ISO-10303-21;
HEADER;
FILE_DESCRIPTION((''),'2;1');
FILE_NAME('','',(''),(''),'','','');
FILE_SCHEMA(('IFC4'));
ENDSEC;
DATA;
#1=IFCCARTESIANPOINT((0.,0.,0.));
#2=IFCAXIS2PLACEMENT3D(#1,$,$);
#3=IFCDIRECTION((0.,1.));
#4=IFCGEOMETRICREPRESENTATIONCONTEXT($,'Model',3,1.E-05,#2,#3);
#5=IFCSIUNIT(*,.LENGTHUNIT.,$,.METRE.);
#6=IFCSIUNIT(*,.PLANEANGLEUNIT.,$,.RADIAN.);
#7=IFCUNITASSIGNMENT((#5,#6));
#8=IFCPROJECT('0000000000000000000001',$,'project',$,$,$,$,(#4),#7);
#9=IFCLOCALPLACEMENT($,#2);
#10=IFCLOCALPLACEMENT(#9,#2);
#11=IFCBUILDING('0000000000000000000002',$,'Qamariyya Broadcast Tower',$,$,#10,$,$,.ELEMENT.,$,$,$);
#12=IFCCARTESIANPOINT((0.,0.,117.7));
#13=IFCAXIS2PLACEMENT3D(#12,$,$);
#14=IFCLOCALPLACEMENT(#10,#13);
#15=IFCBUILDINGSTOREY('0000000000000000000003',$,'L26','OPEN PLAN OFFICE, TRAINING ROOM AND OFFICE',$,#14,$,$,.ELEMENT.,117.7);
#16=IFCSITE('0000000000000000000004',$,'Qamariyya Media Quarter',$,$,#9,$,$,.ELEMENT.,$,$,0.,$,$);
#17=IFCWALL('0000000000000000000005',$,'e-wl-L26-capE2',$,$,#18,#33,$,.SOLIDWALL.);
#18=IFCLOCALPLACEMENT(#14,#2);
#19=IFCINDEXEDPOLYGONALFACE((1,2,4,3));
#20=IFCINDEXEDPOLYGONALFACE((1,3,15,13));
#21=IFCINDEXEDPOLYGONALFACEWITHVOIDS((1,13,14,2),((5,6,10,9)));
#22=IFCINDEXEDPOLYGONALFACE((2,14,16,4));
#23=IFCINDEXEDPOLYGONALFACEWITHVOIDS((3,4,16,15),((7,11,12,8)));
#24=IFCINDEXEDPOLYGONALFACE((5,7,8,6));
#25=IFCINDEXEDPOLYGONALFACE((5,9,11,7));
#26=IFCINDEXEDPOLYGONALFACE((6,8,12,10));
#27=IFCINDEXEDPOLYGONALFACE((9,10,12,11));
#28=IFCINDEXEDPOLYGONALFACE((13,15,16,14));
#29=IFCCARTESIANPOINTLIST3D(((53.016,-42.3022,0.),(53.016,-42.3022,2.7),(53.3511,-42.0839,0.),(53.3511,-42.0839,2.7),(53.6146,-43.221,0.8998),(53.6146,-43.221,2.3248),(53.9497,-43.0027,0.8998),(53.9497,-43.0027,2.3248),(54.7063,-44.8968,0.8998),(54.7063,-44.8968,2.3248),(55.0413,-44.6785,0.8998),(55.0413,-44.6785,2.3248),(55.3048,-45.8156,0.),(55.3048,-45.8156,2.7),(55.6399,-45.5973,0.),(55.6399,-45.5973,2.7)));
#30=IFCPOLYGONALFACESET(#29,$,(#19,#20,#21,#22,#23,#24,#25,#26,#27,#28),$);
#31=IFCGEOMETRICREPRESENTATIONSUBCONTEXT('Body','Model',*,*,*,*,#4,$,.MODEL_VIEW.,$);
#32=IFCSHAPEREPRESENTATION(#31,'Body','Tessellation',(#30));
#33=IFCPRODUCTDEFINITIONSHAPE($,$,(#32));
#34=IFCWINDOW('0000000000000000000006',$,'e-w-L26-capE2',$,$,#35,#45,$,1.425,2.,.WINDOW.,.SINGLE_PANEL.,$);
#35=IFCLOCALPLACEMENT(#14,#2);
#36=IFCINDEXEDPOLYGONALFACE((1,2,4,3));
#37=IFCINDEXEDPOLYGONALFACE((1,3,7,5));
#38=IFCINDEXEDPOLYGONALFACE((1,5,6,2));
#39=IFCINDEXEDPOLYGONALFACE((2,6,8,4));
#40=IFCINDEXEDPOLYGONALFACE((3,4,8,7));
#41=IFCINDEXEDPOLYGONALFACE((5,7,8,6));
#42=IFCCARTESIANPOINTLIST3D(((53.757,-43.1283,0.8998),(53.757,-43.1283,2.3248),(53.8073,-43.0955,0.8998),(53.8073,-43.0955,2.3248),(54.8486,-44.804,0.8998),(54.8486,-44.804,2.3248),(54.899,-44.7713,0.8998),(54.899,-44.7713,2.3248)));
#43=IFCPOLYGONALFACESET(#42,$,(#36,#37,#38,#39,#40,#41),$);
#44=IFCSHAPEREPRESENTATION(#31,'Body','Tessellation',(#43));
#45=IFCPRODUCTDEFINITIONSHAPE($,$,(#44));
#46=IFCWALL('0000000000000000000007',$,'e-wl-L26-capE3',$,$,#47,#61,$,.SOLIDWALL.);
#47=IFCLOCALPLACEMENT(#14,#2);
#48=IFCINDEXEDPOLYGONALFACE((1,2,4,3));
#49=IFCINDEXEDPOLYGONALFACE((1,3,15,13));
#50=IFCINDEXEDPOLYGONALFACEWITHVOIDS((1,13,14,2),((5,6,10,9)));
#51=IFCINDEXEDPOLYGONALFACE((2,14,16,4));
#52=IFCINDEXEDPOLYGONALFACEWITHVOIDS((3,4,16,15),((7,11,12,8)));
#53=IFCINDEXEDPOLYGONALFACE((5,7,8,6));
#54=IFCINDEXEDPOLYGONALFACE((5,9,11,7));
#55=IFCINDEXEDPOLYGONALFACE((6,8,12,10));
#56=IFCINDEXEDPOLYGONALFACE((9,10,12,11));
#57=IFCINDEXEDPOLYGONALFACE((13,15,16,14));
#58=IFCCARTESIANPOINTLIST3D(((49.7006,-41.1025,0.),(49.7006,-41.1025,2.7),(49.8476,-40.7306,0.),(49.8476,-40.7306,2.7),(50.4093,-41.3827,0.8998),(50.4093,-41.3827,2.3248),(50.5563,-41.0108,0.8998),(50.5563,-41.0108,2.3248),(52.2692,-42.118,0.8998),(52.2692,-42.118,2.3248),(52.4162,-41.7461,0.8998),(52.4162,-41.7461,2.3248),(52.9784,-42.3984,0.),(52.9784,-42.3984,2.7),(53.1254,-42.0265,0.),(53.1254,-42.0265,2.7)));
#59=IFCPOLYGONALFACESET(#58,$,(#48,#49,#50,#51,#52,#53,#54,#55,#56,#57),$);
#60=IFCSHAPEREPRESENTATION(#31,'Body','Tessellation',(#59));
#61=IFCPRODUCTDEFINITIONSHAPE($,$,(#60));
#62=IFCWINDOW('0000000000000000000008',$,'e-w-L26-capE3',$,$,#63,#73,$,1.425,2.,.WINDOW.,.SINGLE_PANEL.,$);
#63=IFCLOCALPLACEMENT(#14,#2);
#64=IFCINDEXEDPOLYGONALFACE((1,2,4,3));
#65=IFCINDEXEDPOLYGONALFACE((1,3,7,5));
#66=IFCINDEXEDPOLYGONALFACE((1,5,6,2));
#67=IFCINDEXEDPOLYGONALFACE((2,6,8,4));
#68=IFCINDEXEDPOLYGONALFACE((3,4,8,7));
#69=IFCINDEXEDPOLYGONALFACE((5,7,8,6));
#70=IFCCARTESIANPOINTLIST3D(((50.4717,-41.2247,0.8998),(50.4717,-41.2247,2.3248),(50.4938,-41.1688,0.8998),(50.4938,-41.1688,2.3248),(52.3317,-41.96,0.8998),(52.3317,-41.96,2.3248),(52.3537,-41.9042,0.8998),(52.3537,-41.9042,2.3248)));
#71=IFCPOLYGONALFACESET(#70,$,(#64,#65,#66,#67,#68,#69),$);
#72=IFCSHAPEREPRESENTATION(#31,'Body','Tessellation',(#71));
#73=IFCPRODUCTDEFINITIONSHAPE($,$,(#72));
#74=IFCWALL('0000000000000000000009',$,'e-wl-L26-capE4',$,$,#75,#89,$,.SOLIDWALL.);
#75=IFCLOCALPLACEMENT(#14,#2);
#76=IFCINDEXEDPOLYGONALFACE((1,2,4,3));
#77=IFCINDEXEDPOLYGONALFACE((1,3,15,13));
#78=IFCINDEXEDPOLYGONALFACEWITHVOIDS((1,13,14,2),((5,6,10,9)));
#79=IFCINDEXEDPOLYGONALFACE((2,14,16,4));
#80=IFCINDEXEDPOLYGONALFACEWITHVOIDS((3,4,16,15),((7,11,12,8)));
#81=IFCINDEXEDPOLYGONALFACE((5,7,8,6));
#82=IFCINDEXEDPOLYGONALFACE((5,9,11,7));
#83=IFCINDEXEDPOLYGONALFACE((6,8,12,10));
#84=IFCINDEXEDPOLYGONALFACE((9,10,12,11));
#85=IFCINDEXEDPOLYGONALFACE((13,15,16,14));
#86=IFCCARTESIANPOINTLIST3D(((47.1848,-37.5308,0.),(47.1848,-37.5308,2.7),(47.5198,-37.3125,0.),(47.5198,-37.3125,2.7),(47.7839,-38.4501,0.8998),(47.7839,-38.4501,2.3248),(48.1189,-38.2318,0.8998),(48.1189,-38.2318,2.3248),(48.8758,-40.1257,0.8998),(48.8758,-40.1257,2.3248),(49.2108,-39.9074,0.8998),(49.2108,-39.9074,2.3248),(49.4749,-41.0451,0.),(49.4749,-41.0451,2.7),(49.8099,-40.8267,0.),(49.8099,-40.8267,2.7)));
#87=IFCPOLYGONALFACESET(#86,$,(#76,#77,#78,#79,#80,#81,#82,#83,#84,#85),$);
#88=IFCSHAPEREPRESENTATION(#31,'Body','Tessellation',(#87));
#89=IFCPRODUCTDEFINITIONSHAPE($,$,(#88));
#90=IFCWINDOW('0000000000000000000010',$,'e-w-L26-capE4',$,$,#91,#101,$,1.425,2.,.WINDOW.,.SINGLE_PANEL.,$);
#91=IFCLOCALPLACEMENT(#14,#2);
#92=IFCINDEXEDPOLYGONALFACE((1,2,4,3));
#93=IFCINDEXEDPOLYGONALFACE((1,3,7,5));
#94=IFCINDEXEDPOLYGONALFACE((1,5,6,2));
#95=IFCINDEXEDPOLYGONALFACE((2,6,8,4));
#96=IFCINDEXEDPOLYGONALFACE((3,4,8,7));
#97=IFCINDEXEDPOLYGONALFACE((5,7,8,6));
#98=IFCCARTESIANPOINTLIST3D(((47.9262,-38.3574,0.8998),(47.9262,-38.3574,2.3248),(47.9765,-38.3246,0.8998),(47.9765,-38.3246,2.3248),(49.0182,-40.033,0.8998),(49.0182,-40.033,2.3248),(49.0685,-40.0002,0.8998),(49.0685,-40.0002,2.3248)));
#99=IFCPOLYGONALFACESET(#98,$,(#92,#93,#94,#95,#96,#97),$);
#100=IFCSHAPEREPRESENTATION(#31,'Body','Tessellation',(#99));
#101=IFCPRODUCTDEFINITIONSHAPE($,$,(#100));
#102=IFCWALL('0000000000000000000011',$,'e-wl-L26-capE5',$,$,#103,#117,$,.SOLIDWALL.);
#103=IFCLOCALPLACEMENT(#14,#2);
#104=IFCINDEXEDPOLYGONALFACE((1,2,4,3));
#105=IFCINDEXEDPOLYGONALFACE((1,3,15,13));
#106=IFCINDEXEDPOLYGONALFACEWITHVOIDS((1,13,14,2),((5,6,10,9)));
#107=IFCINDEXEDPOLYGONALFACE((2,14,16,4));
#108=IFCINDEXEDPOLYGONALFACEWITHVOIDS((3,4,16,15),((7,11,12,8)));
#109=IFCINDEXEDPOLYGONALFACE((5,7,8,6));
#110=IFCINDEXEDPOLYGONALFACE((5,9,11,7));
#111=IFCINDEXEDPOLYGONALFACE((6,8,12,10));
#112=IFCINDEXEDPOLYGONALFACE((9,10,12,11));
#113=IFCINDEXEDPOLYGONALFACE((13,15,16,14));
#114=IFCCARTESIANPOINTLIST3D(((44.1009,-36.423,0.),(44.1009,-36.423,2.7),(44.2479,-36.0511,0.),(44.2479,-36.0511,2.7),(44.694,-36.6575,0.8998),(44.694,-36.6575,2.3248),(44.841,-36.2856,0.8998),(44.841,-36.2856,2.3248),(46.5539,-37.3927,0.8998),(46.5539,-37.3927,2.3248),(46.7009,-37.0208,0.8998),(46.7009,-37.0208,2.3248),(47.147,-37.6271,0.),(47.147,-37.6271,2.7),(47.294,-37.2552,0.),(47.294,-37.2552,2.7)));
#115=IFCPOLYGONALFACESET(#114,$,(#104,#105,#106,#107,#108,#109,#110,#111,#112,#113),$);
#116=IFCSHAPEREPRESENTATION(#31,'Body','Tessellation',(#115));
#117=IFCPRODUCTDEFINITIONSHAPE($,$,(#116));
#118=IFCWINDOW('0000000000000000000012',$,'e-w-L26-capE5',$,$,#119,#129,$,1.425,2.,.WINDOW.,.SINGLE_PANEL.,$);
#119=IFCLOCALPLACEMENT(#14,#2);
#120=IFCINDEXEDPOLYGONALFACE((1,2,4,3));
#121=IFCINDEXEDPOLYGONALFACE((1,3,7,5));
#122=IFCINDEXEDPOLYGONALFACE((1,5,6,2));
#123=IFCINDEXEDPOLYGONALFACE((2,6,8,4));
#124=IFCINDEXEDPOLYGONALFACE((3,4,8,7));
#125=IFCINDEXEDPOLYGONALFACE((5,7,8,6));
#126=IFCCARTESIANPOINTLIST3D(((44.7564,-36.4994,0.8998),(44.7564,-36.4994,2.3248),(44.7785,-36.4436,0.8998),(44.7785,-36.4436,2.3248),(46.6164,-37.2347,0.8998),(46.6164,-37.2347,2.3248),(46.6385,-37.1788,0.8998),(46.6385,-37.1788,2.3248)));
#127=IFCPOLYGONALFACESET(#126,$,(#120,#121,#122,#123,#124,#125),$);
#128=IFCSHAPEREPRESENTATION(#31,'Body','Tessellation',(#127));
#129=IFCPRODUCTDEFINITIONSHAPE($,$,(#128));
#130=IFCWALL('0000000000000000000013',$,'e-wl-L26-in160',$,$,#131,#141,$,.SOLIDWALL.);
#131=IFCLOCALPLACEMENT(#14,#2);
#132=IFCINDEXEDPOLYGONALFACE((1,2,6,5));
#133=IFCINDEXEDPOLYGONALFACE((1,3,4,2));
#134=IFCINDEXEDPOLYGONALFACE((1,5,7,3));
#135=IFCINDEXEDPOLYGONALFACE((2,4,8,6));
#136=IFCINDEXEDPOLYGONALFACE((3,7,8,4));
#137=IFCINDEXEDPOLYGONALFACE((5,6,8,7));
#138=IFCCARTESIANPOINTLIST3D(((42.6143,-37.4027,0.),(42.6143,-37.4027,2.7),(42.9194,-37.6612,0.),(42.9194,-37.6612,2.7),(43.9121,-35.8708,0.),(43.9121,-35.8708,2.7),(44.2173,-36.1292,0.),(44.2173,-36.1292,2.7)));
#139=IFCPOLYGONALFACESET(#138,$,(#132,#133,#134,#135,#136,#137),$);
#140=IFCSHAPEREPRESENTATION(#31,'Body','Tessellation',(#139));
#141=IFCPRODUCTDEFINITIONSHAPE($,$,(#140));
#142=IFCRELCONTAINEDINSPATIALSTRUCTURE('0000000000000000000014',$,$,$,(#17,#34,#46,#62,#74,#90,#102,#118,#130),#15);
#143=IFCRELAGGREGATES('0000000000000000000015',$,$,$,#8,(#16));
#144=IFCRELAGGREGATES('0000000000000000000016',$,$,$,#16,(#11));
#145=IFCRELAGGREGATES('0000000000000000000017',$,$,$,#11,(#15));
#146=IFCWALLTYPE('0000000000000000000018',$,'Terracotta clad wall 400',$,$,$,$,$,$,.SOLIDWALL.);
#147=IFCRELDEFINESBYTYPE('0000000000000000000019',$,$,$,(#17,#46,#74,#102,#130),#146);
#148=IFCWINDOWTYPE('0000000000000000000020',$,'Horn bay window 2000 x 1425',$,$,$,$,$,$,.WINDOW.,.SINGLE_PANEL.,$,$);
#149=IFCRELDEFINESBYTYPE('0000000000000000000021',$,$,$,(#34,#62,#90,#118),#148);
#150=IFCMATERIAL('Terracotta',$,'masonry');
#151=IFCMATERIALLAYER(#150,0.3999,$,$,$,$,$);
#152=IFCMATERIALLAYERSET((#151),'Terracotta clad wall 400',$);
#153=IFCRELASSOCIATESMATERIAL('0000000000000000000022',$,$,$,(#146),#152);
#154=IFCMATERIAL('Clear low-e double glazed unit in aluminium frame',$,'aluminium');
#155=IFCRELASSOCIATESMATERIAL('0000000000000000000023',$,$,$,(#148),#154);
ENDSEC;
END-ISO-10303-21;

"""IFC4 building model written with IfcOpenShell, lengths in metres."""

from ifc_helpers import new_model, si_unit, direction, frame, frame_2d, origin, place, context, subcontext, project, spatial, rectangle, extrude, material, layer, layer_set, type_object, element, fill, save


model = new_model("IFC4")

# Units and contexts
model_context = context("Model", 3, precision=1e-05, world=origin(), true_north=direction((0.0, 1.0)))
body_context = subcontext(model_context, "Body", "Model", "MODEL_VIEW")
ifc_project = project(units=[si_unit("LENGTHUNIT", "METRE"), si_unit("PLANEANGLEUNIT", "RADIAN")], contexts=[model_context])

# Site, building, storey
site_placement = place(None, origin())
site = spatial("IfcSite", under=ifc_project, at=site_placement, Name="Qamariyya Media Quarter", CompositionType="ELEMENT", RefElevation=0.0)
building_placement = place(site_placement, origin())
building = spatial("IfcBuilding", under=site, at=building_placement, Name="Qamariyya Broadcast Tower", CompositionType="ELEMENT")
storey_placement = place(building_placement, frame((0.0, 0.0, 117.7)))
storey = spatial("IfcBuildingStorey", under=building, at=storey_placement, Name="L26", Description="OPEN PLAN OFFICE, TRAINING ROOM AND OFFICE", CompositionType="ELEMENT", Elevation=117.7)

# Walls, openings, windows
ifc_material_1 = material(Name="Terracotta", Category="masonry")
ifc_layer = layer(ifc_material_1, 0.3999)
ifc_layer_set = layer_set([ifc_layer], Name="Terracotta clad wall 400")
wall_type = type_object("IfcWallType", Name="Terracotta clad wall 400", PredefinedType="SOLIDWALL", material=ifc_layer_set)
ifc_material_2 = material(Name="Clear low-e double glazed unit in aluminium frame", Category="aluminium")
window_type = type_object("IfcWindowType", Name="Horn bay window 2000 x 1425", PartitioningType="SINGLE_PANEL", PredefinedType="WINDOW", material=ifc_material_2)
wall_1_placement = place(storey_placement, frame((55.4724, -45.7065, 0.0), z_axis=(0.0, 0.0, 1.0), x_axis=(-0.545841, 0.837888, 0.0)))
wall_1 = element("IfcWall", 1, at=wall_1_placement, inside=storey, type_object=wall_type, Name="e-wl-L26-capE2", PredefinedType="SOLIDWALL", context=body_context, shape_type="SweptSolid", body=[
    extrude(rectangle(XDim=4.1931, YDim=0.3999, at=frame_2d((2.0967, 0.0))), origin(), (0.0, 0.0, 1.0), 2.7),
])
opening_1_placement = place(wall_1_placement, frame((1.0967, 0.0, 0.8999)))
opening_1 = element("IfcOpeningElement", 2, at=opening_1_placement, cuts=wall_1, PredefinedType="OPENING", context=body_context, shape_type="SweptSolid", body=[
    extrude(rectangle(XDim=2.0, YDim=1.425, at=frame_2d((1.0, 0.7124))), frame((0.0, 0.21, 0.0), z_axis=(0.0, -1.0, 0.0), x_axis=(1.0, 0.0, 0.0)), (0.0, 0.0, 1.0), 0.4199),
])
window_1_placement = place(opening_1_placement, origin())
window_1 = element("IfcWindow", 3, at=window_1_placement, inside=storey, type_object=window_type, Name="e-w-L26-capE2", OverallHeight=1.425, OverallWidth=2.0, PartitioningType="SINGLE_PANEL", PredefinedType="WINDOW", context=body_context, shape_type="SweptSolid", body=[
    extrude(rectangle(XDim=2.0, YDim=1.425, at=frame_2d((1.0, 0.7124))), frame((0.0, 0.03, 0.0), z_axis=(0.0, -1.0, 0.0), x_axis=(1.0, 0.0, 0.0)), (0.0, 0.0, 1.0), 0.0601),
])
fill(opening_1, window_1)
wall_2_placement = place(storey_placement, frame((53.0518, -42.2124, 0.0), z_axis=(0.0, 0.0, 1.0), x_axis=(-0.92996, 0.367662, 0.0)))
wall_2 = element("IfcWall", 4, at=wall_2_placement, inside=storey, type_object=wall_type, Name="e-wl-L26-capE3", PredefinedType="SOLIDWALL", context=body_context, shape_type="SweptSolid", body=[
    extrude(rectangle(XDim=3.5247, YDim=0.3999, at=frame_2d((1.7622, 0.0))), origin(), (0.0, 0.0, 1.0), 2.7),
])
opening_2_placement = place(wall_2_placement, frame((0.7625, 0.0, 0.8999)))
opening_2 = element("IfcOpeningElement", 5, at=opening_2_placement, cuts=wall_2, PredefinedType="OPENING", context=body_context, shape_type="SweptSolid", body=[
    extrude(rectangle(XDim=2.0, YDim=1.425, at=frame_2d((1.0, 0.7124))), frame((0.0, 0.21, 0.0), z_axis=(0.0, -1.0, 0.0), x_axis=(1.0, 0.0, 0.0)), (0.0, 0.0, 1.0), 0.4199),
])
window_2_placement = place(opening_2_placement, origin())
window_2 = element("IfcWindow", 6, at=window_2_placement, inside=storey, type_object=window_type, Name="e-w-L26-capE3", OverallHeight=1.425, OverallWidth=2.0, PartitioningType="SINGLE_PANEL", PredefinedType="WINDOW", context=body_context, shape_type="SweptSolid", body=[
    extrude(rectangle(XDim=2.0, YDim=1.425, at=frame_2d((1.0, 0.7124))), frame((0.0, 0.03, 0.0), z_axis=(0.0, -1.0, 0.0), x_axis=(1.0, 0.0, 0.0)), (0.0, 0.0, 1.0), 0.0601),
])
fill(opening_2, window_2)
wall_3_placement = place(storey_placement, frame((49.6423, -40.9358, 0.0), z_axis=(0.0, 0.0, 1.0), x_axis=(-0.545966, 0.837807, 0.0)))
wall_3 = element("IfcWall", 7, at=wall_3_placement, inside=storey, type_object=wall_type, Name="e-wl-L26-capE4", PredefinedType="SOLIDWALL", context=body_context, shape_type="SweptSolid", body=[
    extrude(rectangle(XDim=4.1946, YDim=0.3999, at=frame_2d((2.0972, 0.0))), origin(), (0.0, 0.0, 1.0), 2.7),
])
opening_3_placement = place(wall_3_placement, frame((1.0972, 0.0, 0.8999)))
opening_3 = element("IfcOpeningElement", 8, at=opening_3_placement, cuts=wall_3, PredefinedType="OPENING", context=body_context, shape_type="SweptSolid", body=[
    extrude(rectangle(XDim=2.0, YDim=1.425, at=frame_2d((1.0, 0.7124))), frame((0.0, 0.21, 0.0), z_axis=(0.0, -1.0, 0.0), x_axis=(1.0, 0.0, 0.0)), (0.0, 0.0, 1.0), 0.4199),
])
window_3_placement = place(opening_3_placement, origin())
window_3 = element("IfcWindow", 9, at=window_3_placement, inside=storey, type_object=window_type, Name="e-w-L26-capE4", OverallHeight=1.425, OverallWidth=2.0, PartitioningType="SINGLE_PANEL", PredefinedType="WINDOW", context=body_context, shape_type="SweptSolid", body=[
    extrude(rectangle(XDim=2.0, YDim=1.425, at=frame_2d((1.0, 0.7124))), frame((0.0, 0.03, 0.0), z_axis=(0.0, -1.0, 0.0), x_axis=(1.0, 0.0, 0.0)), (0.0, 0.0, 1.0), 0.0601),
])
fill(opening_3, window_3)
wall_4_placement = place(storey_placement, frame((47.2205, -37.4412, 0.0), z_axis=(0.0, 0.0, 1.0), x_axis=(-0.92998, 0.367609, 0.0)))
wall_4 = element("IfcWall", 10, at=wall_4_placement, inside=storey, type_object=wall_type, Name="e-wl-L26-capE5", PredefinedType="SOLIDWALL", context=body_context, shape_type="SweptSolid", body=[
    extrude(rectangle(XDim=3.2754, YDim=0.3999, at=frame_2d((1.6377, 0.0))), origin(), (0.0, 0.0, 1.0), 2.7),
])
opening_4_placement = place(wall_4_placement, frame((0.6377, 0.0, 0.8999)))
opening_4 = element("IfcOpeningElement", 11, at=opening_4_placement, cuts=wall_4, PredefinedType="OPENING", context=body_context, shape_type="SweptSolid", body=[
    extrude(rectangle(XDim=2.0, YDim=1.425, at=frame_2d((1.0, 0.7124))), frame((0.0, 0.21, 0.0), z_axis=(0.0, -1.0, 0.0), x_axis=(1.0, 0.0, 0.0)), (0.0, 0.0, 1.0), 0.4199),
])
window_4_placement = place(opening_4_placement, origin())
window_4 = element("IfcWindow", 12, at=window_4_placement, inside=storey, type_object=window_type, Name="e-w-L26-capE5", OverallHeight=1.425, OverallWidth=2.0, PartitioningType="SINGLE_PANEL", PredefinedType="WINDOW", context=body_context, shape_type="SweptSolid", body=[
    extrude(rectangle(XDim=2.0, YDim=1.425, at=frame_2d((1.0, 0.7124))), frame((0.0, 0.03, 0.0), z_axis=(0.0, -1.0, 0.0), x_axis=(1.0, 0.0, 0.0)), (0.0, 0.0, 1.0), 0.0601),
])
fill(opening_4, window_4)

# Wall
wall_5_placement = place(storey_placement, frame((44.0647, -36.0, 0.0), z_axis=(0.0, 0.0, 1.0), x_axis=(-0.646395, -0.763003, 0.0)))
element("IfcWall", 13, at=wall_5_placement, inside=storey, type_object=wall_type, Name="e-wl-L26-in160", PredefinedType="SOLIDWALL", context=body_context, shape_type="SweptSolid", body=[
    extrude(rectangle(XDim=2.0078, YDim=0.3999, at=frame_2d((1.0039, 0.0))), origin(), (0.0, 0.0, 1.0), 2.7),
])

save(model, "model.ifc")
